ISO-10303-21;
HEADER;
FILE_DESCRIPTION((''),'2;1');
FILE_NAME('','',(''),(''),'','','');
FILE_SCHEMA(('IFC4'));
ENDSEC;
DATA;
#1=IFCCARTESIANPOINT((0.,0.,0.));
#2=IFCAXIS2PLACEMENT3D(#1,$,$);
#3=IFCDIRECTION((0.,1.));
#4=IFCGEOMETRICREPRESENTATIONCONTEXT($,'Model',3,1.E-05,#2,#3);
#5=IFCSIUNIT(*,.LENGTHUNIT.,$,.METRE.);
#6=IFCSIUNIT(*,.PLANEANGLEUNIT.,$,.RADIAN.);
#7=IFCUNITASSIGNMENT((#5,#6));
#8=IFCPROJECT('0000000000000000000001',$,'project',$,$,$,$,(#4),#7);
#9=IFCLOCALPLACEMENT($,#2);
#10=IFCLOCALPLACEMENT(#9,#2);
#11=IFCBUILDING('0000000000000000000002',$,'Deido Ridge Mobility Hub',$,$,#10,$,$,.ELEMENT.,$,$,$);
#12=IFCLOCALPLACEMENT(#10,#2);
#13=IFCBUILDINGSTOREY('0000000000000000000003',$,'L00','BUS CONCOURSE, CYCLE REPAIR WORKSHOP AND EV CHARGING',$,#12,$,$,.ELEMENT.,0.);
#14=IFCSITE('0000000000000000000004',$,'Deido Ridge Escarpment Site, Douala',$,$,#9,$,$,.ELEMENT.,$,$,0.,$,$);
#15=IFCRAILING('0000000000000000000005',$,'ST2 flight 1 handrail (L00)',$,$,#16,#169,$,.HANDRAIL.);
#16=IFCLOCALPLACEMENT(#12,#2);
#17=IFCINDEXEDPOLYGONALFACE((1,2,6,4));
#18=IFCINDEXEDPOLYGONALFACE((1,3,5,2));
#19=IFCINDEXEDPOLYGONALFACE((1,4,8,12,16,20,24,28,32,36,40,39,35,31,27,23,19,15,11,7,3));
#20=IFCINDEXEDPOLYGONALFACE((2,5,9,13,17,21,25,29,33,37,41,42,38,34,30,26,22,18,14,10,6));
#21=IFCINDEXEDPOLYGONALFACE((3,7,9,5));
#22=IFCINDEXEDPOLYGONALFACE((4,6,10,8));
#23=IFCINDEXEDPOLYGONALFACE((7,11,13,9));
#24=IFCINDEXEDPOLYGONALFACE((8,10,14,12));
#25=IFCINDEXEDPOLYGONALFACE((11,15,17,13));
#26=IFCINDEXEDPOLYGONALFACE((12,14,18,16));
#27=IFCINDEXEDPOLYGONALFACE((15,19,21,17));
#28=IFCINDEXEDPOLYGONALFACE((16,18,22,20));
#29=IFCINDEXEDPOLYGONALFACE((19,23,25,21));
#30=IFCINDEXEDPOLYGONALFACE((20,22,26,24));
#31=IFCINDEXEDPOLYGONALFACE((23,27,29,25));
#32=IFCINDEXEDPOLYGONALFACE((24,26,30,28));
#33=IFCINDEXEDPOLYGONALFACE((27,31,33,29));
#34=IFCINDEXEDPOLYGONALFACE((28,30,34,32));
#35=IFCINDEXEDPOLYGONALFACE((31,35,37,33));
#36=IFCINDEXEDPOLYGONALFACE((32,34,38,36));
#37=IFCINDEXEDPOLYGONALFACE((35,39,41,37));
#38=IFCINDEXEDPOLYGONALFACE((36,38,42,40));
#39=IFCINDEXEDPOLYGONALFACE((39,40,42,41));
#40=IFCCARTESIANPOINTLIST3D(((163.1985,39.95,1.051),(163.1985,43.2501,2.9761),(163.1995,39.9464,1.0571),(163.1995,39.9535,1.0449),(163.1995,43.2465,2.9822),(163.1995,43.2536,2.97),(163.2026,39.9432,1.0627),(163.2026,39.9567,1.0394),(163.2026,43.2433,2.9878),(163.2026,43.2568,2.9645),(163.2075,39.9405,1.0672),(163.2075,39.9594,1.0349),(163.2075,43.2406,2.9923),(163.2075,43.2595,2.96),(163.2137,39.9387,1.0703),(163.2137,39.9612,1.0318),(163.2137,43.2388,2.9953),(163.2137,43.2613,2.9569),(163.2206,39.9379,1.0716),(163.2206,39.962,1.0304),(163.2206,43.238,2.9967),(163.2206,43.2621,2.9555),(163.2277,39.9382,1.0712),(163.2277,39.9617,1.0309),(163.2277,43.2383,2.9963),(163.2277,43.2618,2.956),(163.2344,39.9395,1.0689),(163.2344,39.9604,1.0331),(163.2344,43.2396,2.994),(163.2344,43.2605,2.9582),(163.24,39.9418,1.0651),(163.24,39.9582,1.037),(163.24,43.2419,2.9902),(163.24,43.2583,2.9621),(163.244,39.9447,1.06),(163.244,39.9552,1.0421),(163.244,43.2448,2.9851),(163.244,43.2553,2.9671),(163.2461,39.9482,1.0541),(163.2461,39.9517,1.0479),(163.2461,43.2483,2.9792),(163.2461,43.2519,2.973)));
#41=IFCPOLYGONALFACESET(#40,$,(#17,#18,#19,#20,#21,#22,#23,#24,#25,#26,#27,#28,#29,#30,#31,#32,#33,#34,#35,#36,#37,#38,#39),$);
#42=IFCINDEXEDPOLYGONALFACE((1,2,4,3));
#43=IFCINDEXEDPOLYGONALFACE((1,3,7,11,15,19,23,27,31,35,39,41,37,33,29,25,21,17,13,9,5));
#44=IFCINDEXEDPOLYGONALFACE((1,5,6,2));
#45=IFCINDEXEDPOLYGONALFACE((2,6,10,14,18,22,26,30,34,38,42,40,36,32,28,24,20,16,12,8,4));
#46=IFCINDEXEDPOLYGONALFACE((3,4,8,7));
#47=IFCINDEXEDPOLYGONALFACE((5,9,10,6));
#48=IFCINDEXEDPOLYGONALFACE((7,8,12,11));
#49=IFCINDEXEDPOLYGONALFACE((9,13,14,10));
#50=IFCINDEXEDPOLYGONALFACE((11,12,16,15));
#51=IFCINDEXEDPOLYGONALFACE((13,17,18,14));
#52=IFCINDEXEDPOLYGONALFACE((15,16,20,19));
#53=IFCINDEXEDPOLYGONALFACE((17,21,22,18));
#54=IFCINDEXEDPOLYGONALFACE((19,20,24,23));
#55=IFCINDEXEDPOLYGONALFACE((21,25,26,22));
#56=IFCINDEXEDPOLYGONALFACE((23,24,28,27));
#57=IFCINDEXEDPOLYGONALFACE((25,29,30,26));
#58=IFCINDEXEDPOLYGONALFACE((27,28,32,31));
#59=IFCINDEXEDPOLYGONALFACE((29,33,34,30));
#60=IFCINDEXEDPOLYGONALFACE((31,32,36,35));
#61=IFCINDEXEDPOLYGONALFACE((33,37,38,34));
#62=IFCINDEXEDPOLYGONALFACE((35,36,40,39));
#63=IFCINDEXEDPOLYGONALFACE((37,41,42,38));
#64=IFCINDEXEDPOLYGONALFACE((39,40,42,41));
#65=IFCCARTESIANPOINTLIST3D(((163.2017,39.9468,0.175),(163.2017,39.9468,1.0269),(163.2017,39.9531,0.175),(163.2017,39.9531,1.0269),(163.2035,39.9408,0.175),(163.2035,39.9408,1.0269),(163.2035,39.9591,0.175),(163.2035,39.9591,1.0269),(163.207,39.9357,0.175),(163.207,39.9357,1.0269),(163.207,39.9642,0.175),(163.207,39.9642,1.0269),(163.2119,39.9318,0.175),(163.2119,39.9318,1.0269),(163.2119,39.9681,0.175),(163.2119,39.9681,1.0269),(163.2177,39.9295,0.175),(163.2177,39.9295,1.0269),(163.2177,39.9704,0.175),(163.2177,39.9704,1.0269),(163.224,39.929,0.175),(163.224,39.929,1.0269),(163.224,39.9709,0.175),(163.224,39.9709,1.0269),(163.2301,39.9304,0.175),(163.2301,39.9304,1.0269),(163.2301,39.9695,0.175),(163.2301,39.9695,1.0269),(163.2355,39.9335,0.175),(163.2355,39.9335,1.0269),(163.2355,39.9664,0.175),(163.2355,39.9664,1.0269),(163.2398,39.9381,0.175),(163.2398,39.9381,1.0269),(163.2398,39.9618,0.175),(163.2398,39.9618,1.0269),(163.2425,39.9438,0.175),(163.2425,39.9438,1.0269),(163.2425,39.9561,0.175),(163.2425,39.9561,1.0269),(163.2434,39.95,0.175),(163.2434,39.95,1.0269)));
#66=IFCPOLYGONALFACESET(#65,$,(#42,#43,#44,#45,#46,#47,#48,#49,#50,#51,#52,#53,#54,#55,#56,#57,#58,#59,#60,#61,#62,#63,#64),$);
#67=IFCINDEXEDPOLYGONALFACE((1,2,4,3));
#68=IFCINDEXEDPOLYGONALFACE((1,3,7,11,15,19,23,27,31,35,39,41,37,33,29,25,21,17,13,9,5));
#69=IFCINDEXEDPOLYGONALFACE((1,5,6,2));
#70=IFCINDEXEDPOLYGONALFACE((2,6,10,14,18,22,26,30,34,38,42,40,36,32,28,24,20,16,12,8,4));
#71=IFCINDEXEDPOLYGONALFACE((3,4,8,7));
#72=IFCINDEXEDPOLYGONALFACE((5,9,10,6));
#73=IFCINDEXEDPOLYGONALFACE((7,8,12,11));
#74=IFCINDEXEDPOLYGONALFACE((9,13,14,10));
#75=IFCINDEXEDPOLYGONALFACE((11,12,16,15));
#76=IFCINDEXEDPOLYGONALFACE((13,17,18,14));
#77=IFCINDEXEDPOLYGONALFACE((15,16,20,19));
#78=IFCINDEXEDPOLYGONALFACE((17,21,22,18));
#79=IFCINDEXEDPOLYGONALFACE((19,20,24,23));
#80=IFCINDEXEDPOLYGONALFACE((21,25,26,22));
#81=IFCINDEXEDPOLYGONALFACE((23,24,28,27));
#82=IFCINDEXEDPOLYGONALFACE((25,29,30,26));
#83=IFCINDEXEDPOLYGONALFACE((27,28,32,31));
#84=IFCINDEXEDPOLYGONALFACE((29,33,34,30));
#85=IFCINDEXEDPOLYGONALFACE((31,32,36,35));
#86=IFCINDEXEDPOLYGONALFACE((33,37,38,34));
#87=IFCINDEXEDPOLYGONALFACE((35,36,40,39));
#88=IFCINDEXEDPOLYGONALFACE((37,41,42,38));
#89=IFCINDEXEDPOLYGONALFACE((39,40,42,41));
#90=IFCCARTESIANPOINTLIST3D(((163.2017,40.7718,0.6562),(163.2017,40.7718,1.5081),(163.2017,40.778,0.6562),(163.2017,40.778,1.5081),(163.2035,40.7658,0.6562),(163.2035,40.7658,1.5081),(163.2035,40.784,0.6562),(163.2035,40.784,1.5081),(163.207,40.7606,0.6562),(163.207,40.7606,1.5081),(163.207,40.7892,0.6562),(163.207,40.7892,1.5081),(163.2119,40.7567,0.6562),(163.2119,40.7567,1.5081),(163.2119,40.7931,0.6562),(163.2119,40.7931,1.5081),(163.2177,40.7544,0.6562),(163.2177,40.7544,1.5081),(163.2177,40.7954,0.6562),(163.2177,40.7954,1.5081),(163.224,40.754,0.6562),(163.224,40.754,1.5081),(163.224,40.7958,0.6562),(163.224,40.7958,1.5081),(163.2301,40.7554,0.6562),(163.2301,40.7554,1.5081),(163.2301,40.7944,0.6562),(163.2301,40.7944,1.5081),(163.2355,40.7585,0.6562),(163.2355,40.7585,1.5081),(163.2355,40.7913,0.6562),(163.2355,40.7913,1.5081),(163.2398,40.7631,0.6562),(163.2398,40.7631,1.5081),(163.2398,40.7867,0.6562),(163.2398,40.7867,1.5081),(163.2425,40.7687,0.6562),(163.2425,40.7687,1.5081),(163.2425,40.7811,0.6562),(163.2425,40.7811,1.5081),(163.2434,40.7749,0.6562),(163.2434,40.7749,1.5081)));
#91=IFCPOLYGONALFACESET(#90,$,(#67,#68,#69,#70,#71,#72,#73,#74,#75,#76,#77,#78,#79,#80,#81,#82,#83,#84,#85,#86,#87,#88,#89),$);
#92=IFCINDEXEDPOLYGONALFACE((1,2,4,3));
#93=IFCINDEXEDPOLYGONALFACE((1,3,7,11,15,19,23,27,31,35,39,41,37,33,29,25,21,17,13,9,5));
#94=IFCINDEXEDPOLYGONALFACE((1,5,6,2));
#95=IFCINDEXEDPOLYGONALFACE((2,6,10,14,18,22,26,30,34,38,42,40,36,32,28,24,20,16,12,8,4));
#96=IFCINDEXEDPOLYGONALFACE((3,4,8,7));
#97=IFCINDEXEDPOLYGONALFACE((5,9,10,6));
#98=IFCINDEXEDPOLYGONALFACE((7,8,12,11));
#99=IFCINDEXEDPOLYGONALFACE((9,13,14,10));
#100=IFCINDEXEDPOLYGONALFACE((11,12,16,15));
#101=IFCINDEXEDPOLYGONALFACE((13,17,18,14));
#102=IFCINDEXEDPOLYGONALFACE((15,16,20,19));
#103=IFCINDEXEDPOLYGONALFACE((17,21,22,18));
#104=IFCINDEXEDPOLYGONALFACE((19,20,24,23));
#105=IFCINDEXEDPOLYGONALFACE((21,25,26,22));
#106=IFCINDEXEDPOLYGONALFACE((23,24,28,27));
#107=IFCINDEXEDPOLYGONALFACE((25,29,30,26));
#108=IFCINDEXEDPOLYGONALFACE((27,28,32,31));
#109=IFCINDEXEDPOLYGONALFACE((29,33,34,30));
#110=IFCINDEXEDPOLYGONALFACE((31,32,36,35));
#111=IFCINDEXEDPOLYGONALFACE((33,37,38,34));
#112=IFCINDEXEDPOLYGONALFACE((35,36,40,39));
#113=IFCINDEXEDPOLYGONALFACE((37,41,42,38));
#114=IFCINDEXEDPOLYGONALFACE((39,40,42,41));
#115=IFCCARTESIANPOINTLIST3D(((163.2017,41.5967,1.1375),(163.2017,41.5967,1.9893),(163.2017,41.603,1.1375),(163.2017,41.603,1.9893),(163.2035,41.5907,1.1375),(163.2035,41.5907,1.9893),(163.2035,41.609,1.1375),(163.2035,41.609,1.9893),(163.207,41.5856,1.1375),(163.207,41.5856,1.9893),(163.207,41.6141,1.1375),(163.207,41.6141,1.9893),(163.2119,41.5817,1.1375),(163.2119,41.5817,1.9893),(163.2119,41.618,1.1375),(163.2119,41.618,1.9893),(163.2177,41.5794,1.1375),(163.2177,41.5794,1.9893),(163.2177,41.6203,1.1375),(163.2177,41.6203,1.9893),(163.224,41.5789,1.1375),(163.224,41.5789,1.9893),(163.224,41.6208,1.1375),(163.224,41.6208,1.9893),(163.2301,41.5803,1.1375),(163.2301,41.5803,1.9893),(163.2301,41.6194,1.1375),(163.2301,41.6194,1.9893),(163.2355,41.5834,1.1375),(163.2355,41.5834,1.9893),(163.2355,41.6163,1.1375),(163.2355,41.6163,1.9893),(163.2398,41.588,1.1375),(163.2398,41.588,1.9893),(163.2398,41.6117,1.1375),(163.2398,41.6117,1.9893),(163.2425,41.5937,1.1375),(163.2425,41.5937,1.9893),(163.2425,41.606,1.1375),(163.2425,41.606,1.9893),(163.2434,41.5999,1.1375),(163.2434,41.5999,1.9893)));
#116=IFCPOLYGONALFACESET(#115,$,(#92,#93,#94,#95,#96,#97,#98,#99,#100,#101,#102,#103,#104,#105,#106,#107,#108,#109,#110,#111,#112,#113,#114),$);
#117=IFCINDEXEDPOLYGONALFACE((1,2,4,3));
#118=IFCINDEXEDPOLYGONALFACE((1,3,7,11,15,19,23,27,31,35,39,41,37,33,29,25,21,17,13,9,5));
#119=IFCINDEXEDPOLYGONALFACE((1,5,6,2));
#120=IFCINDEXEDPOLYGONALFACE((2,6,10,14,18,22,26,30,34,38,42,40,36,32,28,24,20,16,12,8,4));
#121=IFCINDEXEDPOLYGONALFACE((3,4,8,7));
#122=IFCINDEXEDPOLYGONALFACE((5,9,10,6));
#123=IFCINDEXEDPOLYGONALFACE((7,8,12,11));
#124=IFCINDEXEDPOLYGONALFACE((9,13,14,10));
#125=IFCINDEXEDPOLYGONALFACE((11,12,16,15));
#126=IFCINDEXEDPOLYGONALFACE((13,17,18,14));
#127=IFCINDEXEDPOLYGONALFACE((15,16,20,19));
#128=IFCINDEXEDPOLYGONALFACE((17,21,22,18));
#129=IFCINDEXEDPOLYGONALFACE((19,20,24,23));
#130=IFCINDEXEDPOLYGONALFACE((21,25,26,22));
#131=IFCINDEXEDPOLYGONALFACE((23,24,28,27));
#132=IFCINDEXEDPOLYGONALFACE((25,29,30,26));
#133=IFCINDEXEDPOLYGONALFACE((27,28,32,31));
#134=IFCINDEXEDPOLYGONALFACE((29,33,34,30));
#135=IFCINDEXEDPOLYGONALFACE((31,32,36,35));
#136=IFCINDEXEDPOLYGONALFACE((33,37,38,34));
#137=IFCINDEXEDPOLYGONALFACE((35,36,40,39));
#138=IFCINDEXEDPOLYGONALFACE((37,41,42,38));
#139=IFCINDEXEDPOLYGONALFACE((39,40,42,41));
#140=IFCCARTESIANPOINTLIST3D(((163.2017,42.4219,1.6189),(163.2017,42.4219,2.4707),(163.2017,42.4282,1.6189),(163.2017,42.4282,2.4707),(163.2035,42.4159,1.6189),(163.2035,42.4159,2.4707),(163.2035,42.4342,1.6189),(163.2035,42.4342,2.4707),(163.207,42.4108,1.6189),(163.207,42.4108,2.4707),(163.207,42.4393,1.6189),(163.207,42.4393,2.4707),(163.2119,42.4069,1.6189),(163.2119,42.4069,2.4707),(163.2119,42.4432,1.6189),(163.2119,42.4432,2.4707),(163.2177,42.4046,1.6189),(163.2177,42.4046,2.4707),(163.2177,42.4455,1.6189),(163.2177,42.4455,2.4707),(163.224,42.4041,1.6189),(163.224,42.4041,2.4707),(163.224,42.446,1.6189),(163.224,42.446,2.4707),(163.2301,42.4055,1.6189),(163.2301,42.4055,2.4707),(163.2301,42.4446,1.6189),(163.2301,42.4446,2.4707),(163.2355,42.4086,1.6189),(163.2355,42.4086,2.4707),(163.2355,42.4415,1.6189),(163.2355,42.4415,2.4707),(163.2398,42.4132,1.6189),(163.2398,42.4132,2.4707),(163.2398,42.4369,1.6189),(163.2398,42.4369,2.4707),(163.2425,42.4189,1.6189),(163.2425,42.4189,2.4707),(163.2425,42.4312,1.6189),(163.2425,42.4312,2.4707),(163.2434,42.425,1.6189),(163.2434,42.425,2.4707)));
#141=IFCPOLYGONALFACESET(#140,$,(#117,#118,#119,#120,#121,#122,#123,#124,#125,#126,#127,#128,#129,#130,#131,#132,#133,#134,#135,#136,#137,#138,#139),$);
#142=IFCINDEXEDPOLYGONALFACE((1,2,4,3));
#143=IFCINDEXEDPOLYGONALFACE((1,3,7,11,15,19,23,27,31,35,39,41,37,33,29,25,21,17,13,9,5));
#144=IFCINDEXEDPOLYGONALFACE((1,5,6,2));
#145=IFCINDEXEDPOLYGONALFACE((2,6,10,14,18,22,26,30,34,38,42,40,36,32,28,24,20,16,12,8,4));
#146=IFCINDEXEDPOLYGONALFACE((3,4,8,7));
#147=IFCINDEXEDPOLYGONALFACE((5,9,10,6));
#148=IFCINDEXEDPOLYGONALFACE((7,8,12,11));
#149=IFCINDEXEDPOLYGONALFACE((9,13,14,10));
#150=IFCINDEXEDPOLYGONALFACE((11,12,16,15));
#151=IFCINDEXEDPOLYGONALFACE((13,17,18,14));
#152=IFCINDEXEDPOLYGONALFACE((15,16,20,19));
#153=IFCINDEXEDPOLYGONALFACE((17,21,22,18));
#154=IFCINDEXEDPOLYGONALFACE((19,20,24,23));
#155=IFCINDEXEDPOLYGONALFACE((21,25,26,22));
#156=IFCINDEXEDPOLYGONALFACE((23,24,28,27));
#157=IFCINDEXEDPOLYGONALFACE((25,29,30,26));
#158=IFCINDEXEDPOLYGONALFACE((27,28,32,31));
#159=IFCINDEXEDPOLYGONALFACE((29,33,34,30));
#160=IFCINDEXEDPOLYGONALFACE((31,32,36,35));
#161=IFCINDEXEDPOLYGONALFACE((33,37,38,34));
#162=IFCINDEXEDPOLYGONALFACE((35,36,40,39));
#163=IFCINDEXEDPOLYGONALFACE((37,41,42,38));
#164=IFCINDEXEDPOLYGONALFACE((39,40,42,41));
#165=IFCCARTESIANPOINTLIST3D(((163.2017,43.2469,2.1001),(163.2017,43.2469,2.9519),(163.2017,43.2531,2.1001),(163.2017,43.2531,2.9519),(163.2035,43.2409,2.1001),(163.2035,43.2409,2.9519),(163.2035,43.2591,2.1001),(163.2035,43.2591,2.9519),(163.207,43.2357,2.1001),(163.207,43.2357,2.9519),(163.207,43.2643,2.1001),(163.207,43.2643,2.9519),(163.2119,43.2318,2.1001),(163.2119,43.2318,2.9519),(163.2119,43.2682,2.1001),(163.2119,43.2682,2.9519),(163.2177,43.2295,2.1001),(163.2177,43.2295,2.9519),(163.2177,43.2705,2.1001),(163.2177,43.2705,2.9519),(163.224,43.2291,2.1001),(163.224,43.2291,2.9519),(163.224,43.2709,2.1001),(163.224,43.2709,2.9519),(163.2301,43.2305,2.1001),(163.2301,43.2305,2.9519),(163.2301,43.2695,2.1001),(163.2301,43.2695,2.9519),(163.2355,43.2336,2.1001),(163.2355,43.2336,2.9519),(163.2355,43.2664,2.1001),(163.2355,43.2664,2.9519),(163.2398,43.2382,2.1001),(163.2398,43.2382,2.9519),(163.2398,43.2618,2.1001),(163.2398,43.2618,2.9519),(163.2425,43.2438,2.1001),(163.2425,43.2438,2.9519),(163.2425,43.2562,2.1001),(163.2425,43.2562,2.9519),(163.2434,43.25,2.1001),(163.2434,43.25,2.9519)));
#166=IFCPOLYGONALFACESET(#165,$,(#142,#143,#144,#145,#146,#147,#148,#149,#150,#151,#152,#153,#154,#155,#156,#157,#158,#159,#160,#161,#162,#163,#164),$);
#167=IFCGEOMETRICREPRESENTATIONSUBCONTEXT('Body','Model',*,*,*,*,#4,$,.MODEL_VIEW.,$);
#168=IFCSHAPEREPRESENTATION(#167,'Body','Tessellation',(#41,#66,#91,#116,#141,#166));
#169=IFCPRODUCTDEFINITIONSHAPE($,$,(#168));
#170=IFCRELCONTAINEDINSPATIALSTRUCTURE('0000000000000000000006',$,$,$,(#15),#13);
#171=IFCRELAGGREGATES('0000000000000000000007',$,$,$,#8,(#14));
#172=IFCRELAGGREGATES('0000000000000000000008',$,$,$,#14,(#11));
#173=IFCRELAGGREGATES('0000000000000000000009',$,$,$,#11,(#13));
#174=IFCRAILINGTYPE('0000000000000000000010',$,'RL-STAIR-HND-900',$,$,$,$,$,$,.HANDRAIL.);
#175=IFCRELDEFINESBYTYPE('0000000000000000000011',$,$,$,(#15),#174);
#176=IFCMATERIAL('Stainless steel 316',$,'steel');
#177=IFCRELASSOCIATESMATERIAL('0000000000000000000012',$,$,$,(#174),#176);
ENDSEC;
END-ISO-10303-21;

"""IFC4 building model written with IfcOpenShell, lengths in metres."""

from ifc_helpers import new_model, si_unit, direction, frame, origin, origin_2d, place, context, subcontext, project, spatial, circle, extrude, material, type_object, element, save


model = new_model("IFC4")

# Units and contexts
model_context = context("Model", 3, precision=1e-05, world=origin(), true_north=direction((0.0, 1.0)))
body_context = subcontext(model_context, "Body", "Model", "MODEL_VIEW")
ifc_project = project(units=[si_unit("LENGTHUNIT", "METRE"), si_unit("PLANEANGLEUNIT", "RADIAN")], contexts=[model_context])

# Site, building, storey
site_placement = place(None, origin())
site = spatial("IfcSite", under=ifc_project, at=site_placement, Name="Deido Ridge Escarpment Site, Douala", CompositionType="ELEMENT", RefElevation=0.0)
building_placement = place(site_placement, origin())
building = spatial("IfcBuilding", under=site, at=building_placement, Name="Deido Ridge Mobility Hub", CompositionType="ELEMENT")
storey_placement = place(building_placement, origin())
storey = spatial("IfcBuildingStorey", under=building, at=storey_placement, Name="L00", Description="BUS CONCOURSE, CYCLE REPAIR WORKSHOP AND EV CHARGING", CompositionType="ELEMENT", Elevation=0.0)

# Railing
ifc_material_1 = material(Name="Stainless steel 316", Category="steel")
railing_type = type_object("IfcRailingType", Name="RL-STAIR-HND-900", PredefinedType="HANDRAIL", material=ifc_material_1)
railing_placement = place(storey_placement, frame((163.2224, 39.95, 0.175)))
element("IfcRailing", 1, at=railing_placement, inside=storey, type_object=railing_type, Name="ST2 flight 1 handrail (L00)", PredefinedType="HANDRAIL", context=body_context, shape_type="SweptSolid", body=[
    extrude(circle(Radius=0.0239, at=origin_2d()), frame((0.0, 0.0, 0.876), z_axis=(0.0, 0.863777, 0.503875), x_axis=(-1.0, 0.0, 0.0)), (0.0, 0.0, 1.0), 3.8206),
    extrude(circle(Radius=0.021, at=origin_2d()), origin(), (0.0, 0.0, 1.0), 0.8518),
    extrude(circle(Radius=0.021, at=origin_2d()), frame((0.0, 0.825, 0.4812)), (0.0, 0.0, 1.0), 0.8518),
    extrude(circle(Radius=0.021, at=origin_2d()), frame((0.0, 1.6499, 0.9624)), (0.0, 0.0, 1.0), 0.8518),
    extrude(circle(Radius=0.021, at=origin_2d()), frame((0.0, 2.4751, 1.4438)), (0.0, 0.0, 1.0), 0.8518),
    extrude(circle(Radius=0.021, at=origin_2d()), frame((0.0, 3.3, 1.925)), (0.0, 0.0, 1.0), 0.8518),
])

save(model, "model.ifc")
